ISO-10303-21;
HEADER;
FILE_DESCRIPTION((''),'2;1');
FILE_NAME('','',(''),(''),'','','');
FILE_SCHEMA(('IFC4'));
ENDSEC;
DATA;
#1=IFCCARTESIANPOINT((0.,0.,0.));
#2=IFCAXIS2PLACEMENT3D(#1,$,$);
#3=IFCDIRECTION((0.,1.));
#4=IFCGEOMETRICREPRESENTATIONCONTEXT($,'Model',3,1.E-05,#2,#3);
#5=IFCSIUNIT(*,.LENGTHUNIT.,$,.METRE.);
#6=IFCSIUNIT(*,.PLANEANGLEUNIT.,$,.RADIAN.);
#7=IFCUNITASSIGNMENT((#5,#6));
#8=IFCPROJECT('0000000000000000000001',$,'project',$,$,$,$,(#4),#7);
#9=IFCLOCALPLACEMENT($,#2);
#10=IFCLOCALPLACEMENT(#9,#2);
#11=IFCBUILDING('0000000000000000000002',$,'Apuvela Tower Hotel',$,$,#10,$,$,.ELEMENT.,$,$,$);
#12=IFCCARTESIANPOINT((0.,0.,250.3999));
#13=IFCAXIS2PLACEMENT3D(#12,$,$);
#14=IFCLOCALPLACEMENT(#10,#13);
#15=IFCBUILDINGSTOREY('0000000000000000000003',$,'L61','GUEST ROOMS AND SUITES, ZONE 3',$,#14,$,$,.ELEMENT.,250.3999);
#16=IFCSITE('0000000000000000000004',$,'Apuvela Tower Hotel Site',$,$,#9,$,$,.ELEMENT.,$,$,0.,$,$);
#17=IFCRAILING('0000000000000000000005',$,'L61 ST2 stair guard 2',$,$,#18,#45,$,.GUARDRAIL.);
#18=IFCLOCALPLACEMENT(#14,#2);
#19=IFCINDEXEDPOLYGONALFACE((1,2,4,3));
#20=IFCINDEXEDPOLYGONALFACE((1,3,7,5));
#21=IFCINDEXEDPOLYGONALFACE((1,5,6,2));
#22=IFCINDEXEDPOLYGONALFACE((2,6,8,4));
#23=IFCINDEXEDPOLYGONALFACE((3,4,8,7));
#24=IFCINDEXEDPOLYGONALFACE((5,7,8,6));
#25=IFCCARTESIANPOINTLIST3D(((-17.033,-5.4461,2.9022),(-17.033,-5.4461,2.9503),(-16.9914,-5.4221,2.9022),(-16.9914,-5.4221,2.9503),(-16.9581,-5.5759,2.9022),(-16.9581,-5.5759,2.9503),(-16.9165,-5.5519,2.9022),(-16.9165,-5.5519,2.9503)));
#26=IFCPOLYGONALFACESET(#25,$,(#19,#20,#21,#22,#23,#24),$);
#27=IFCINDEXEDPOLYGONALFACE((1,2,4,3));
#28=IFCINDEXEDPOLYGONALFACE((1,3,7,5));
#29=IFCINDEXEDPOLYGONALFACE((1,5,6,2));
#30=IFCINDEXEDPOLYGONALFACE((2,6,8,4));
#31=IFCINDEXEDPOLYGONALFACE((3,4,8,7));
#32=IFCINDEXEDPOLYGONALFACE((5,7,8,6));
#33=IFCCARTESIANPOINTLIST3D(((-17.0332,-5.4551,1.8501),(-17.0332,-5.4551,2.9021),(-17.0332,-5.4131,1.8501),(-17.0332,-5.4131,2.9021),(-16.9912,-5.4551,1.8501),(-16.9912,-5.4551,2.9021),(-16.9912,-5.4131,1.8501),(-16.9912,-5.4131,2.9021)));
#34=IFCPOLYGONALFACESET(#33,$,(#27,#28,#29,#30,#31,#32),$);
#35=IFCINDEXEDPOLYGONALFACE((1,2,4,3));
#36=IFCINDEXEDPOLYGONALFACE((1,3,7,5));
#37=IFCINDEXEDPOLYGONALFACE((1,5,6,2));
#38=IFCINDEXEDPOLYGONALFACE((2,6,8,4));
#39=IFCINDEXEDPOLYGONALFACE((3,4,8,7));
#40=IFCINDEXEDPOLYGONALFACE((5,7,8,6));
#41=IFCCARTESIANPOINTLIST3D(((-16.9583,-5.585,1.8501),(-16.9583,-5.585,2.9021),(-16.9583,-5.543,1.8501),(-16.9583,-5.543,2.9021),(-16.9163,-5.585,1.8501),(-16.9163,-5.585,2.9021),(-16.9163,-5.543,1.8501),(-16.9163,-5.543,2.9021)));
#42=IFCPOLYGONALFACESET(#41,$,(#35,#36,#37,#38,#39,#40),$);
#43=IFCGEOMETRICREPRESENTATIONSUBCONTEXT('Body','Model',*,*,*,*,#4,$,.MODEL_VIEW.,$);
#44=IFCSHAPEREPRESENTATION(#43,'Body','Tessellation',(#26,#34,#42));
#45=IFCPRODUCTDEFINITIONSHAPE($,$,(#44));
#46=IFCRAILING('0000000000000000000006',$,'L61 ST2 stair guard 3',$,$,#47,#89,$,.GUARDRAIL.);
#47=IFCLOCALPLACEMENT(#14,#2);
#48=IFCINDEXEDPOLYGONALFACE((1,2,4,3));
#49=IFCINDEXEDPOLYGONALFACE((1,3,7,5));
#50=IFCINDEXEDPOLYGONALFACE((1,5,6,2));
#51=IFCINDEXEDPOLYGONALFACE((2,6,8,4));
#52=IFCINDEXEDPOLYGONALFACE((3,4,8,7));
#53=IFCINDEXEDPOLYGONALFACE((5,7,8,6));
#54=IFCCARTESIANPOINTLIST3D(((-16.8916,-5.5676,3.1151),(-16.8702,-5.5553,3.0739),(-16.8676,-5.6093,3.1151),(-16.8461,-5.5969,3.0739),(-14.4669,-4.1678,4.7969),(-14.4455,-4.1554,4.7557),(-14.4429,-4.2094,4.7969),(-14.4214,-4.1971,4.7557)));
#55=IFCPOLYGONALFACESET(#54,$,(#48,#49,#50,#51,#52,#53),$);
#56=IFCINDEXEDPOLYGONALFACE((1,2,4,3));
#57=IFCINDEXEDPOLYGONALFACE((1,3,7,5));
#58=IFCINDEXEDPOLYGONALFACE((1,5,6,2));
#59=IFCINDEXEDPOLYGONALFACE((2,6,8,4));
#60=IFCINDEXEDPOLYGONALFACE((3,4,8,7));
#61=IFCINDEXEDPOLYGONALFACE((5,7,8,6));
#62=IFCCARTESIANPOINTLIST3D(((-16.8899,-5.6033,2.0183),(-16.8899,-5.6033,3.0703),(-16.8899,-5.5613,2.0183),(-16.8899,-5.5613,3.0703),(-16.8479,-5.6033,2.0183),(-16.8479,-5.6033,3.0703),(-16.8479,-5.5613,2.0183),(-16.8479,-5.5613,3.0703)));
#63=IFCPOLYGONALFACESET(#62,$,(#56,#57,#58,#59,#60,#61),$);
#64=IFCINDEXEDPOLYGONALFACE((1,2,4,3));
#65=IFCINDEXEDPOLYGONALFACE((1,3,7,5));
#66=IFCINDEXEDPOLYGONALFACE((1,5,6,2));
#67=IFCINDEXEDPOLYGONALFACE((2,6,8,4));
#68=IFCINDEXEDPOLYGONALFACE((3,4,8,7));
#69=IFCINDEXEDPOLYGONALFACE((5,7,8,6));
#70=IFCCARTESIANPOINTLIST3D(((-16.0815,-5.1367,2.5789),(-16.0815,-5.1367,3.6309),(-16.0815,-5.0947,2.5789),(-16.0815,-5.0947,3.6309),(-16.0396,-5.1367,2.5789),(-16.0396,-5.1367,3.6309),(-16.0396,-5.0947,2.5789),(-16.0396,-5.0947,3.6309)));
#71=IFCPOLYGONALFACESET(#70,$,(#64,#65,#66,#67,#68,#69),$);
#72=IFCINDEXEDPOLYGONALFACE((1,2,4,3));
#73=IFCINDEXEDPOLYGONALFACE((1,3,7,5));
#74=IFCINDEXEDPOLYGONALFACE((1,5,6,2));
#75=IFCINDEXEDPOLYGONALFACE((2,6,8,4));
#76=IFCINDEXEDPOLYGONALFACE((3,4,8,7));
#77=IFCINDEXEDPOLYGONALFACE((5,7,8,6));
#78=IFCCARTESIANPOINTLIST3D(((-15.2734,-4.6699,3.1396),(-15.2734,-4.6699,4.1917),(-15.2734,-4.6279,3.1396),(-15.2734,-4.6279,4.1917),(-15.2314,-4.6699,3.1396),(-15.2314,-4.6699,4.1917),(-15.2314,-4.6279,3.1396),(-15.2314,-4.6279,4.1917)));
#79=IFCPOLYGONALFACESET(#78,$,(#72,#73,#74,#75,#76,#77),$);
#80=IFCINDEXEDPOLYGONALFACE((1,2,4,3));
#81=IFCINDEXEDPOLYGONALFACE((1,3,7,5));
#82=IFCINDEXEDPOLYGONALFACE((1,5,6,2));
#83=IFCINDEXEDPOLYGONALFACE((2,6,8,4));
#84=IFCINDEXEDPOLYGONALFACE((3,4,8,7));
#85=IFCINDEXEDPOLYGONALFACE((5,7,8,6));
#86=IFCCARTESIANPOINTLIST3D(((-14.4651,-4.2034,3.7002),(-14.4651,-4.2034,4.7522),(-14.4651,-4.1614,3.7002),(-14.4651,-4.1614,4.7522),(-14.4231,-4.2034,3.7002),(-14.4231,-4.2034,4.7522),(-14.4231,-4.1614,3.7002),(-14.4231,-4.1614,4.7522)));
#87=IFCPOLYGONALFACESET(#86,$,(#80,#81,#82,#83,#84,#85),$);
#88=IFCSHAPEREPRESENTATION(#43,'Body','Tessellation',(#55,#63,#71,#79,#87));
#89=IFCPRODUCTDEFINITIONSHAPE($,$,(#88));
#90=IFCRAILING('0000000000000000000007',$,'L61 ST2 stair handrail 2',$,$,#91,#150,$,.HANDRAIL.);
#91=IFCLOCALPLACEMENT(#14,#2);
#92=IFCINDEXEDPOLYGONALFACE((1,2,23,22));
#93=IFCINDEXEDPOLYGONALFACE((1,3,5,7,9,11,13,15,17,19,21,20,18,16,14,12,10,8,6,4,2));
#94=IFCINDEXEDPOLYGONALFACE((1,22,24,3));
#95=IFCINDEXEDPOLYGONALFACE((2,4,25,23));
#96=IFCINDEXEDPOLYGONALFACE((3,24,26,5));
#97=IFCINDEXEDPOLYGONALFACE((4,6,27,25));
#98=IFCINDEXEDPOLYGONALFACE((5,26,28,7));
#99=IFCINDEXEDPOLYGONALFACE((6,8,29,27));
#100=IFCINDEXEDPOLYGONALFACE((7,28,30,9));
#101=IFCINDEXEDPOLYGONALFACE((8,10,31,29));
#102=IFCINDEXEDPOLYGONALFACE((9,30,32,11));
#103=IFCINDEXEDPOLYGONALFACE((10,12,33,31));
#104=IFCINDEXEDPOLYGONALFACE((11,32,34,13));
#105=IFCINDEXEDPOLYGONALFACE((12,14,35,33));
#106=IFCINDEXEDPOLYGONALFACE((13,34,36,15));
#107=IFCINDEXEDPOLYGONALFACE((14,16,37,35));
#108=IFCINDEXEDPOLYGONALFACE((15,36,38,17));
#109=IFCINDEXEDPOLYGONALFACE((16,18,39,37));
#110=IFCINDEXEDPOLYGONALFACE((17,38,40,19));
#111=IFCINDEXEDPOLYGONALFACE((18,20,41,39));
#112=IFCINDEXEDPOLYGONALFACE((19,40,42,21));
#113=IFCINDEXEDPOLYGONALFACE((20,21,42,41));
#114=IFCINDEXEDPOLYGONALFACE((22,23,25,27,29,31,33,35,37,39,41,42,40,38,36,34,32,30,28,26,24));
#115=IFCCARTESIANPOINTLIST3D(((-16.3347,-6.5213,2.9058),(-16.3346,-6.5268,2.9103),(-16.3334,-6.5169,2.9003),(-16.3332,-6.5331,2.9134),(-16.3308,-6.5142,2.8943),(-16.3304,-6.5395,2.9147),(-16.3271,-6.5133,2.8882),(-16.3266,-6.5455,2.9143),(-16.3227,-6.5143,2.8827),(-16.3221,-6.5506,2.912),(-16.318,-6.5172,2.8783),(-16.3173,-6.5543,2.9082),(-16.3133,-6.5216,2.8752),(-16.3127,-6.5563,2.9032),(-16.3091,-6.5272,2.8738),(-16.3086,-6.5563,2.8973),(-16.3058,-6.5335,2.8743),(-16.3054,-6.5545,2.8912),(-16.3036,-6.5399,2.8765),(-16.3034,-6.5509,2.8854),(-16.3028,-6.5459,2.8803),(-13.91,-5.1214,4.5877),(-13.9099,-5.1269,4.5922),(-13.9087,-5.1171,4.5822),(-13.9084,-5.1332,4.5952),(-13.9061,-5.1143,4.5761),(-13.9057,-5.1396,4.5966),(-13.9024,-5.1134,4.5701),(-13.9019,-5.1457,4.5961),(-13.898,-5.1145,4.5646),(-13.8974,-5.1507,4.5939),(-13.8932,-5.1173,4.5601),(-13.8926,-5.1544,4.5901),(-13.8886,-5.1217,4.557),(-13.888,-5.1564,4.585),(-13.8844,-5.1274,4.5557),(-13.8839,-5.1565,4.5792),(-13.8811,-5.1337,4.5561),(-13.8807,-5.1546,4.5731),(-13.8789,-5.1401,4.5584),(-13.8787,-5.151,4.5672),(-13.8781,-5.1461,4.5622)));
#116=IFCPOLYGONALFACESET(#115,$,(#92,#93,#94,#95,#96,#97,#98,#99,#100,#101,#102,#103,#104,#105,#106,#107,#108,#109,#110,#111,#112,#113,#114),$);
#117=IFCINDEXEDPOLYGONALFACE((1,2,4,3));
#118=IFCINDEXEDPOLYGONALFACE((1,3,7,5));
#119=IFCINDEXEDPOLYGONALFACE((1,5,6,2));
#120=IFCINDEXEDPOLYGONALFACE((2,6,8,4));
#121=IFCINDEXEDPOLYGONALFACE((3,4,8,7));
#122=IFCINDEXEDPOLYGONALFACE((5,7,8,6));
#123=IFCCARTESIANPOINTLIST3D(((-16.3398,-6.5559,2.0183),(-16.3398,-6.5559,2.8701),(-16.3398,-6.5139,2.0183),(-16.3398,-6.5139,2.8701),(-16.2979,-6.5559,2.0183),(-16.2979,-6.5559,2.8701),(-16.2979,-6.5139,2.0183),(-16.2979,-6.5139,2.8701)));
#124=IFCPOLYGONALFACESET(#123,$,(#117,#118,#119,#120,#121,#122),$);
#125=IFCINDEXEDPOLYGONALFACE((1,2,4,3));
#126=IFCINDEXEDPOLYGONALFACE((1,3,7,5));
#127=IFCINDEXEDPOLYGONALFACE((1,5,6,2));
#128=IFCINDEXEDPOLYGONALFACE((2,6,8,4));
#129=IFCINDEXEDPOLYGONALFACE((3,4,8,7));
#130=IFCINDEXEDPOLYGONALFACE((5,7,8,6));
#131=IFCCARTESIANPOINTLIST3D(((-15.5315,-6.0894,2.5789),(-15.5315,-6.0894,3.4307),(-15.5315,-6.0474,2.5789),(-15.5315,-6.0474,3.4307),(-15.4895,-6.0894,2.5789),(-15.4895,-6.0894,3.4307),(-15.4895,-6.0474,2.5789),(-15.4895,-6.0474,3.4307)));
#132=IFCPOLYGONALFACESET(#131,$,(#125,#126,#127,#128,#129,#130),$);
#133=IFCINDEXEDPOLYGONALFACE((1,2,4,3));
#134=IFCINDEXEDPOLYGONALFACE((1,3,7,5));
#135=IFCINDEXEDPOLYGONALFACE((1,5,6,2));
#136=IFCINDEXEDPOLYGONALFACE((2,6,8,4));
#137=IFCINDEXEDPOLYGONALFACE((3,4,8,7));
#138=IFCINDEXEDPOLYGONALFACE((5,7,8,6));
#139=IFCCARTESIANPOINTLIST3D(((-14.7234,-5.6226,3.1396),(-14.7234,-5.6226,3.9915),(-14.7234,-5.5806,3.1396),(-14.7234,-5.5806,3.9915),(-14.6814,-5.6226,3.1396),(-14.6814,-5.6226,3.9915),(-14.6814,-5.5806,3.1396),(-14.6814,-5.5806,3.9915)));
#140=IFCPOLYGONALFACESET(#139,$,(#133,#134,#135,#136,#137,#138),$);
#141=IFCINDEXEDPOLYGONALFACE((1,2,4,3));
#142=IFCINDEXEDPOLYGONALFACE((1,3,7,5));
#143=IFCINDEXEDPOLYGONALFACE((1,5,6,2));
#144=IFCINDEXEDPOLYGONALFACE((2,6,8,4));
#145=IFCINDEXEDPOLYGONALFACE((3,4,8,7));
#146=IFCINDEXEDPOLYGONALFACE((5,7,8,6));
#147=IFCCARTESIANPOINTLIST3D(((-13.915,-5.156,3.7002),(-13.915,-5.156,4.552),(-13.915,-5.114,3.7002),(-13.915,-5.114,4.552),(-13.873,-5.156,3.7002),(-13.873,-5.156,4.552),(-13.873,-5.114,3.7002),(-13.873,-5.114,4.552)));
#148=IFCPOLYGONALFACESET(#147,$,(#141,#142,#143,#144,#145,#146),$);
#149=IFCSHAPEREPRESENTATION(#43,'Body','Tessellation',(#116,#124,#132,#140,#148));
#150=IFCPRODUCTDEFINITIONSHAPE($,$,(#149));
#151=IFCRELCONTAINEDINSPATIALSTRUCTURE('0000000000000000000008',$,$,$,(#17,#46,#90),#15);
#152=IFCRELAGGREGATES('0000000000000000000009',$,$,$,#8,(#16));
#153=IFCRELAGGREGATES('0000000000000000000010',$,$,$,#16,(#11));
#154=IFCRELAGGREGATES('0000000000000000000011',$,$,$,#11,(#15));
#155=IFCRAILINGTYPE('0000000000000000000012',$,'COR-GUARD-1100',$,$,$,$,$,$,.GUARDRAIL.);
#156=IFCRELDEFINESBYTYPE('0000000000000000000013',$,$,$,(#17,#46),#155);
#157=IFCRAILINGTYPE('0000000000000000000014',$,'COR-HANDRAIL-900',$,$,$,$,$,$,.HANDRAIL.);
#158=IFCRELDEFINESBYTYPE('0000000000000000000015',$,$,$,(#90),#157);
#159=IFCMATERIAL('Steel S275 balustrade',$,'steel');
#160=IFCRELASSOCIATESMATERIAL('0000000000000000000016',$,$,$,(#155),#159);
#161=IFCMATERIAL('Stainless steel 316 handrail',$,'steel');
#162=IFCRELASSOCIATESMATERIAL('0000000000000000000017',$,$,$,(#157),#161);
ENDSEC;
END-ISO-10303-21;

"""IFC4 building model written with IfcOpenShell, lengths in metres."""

from ifc_helpers import new_model, si_unit, direction, frame, origin, origin_2d, place, context, subcontext, project, spatial, rectangle, circle, extrude, material, type_object, element, save


model = new_model("IFC4")

# Units and contexts
model_context = context("Model", 3, precision=1e-05, world=origin(), true_north=direction((0.0, 1.0)))
body_context = subcontext(model_context, "Body", "Model", "MODEL_VIEW")
ifc_project = project(units=[si_unit("LENGTHUNIT", "METRE"), si_unit("PLANEANGLEUNIT", "RADIAN")], contexts=[model_context])

# Site, building, storey
site_placement = place(None, origin())
site = spatial("IfcSite", under=ifc_project, at=site_placement, Name="Apuvela Tower Hotel Site", CompositionType="ELEMENT", RefElevation=0.0)
building_placement = place(site_placement, origin())
building = spatial("IfcBuilding", under=site, at=building_placement, Name="Apuvela Tower Hotel", CompositionType="ELEMENT")
storey_placement = place(building_placement, frame((0.0, 0.0, 250.3999)))
storey = spatial("IfcBuildingStorey", under=building, at=storey_placement, Name="L61", Description="GUEST ROOMS AND SUITES, ZONE 3", CompositionType="ELEMENT", Elevation=250.3999)

# Railings
ifc_material_1 = material(Name="Steel S275 balustrade", Category="steel")
railing_type_1 = type_object("IfcRailingType", Name="COR-GUARD-1100", PredefinedType="GUARDRAIL", material=ifc_material_1)
railing_1_placement = place(storey_placement, frame((-17.0122, -5.4341, 1.8501)))
element("IfcRailing", 1, at=railing_1_placement, inside=storey, type_object=railing_type_1, Name="L61 ST2 stair guard 2", PredefinedType="GUARDRAIL", context=body_context, shape_type="SweptSolid", body=[
    extrude(rectangle(XDim=0.0481, YDim=0.0481, at=origin_2d()), frame((0.0, 0.0, 1.0762), z_axis=(0.499816, -0.866131, 0.0), x_axis=(0.866131, 0.499816, 0.0)), (0.0, 0.0, 1.0), 0.1499),
    extrude(rectangle(XDim=0.042, YDim=0.042, at=origin_2d()), origin(), (0.0, 0.0, 1.0), 1.052),
    extrude(rectangle(XDim=0.042, YDim=0.042, at=origin_2d()), frame((0.075, -0.1299, 0.0)), (0.0, 0.0, 1.0), 1.052),
])
railing_2_placement = place(storey_placement, frame((-16.8689, -5.5823, 2.0183)))
element("IfcRailing", 2, at=railing_2_placement, inside=storey, type_object=railing_type_1, Name="L61 ST2 stair guard 3", PredefinedType="GUARDRAIL", context=body_context, shape_type="SweptSolid", body=[
    extrude(rectangle(XDim=0.0481, YDim=0.0481, at=origin_2d()), frame((0.0, 0.0, 1.0762), z_axis=(0.74239, 0.428601, 0.514934), x_axis=(-0.499984, 0.866035, 0.0)), (0.0, 0.0, 1.0), 3.2661),
    extrude(rectangle(XDim=0.042, YDim=0.042, at=origin_2d()), origin(), (0.0, 0.0, 1.0), 1.052),
    extrude(rectangle(XDim=0.042, YDim=0.042, at=origin_2d()), frame((0.8083, 0.4666, 0.5605)), (0.0, 0.0, 1.0), 1.052),
    extrude(rectangle(XDim=0.042, YDim=0.042, at=origin_2d()), frame((1.6165, 0.9333, 1.1213)), (0.0, 0.0, 1.0), 1.052),
    extrude(rectangle(XDim=0.042, YDim=0.042, at=origin_2d()), frame((2.4248, 1.3999, 1.6819)), (0.0, 0.0, 1.0), 1.052),
])
ifc_material_2 = material(Name="Stainless steel 316 handrail", Category="steel")
railing_type_2 = type_object("IfcRailingType", Name="COR-HANDRAIL-900", PredefinedType="HANDRAIL", material=ifc_material_2)
railing_3_placement = place(storey_placement, frame((-16.3188, -6.5349, 2.0183)))
element("IfcRailing", 3, at=railing_3_placement, inside=storey, type_object=railing_type_2, Name="L61 ST2 stair handrail 2", PredefinedType="HANDRAIL", context=body_context, shape_type="SweptSolid", body=[
    extrude(circle(Radius=0.0239, at=origin_2d()), frame((0.0, 0.0, 0.876), z_axis=(0.74239, 0.428601, 0.514934), x_axis=(-0.499984, 0.866035, 0.0)), (0.0, 0.0, 1.0), 3.2661),
    extrude(rectangle(XDim=0.042, YDim=0.042, at=origin_2d()), origin(), (0.0, 0.0, 1.0), 0.8518),
    extrude(rectangle(XDim=0.042, YDim=0.042, at=origin_2d()), frame((0.8083, 0.4666, 0.5605)), (0.0, 0.0, 1.0), 0.8518),
    extrude(rectangle(XDim=0.042, YDim=0.042, at=origin_2d()), frame((1.6165, 0.9333, 1.1213)), (0.0, 0.0, 1.0), 0.8518),
    extrude(rectangle(XDim=0.042, YDim=0.042, at=origin_2d()), frame((2.4248, 1.3999, 1.6819)), (0.0, 0.0, 1.0), 0.8518),
])

save(model, "model.ifc")
